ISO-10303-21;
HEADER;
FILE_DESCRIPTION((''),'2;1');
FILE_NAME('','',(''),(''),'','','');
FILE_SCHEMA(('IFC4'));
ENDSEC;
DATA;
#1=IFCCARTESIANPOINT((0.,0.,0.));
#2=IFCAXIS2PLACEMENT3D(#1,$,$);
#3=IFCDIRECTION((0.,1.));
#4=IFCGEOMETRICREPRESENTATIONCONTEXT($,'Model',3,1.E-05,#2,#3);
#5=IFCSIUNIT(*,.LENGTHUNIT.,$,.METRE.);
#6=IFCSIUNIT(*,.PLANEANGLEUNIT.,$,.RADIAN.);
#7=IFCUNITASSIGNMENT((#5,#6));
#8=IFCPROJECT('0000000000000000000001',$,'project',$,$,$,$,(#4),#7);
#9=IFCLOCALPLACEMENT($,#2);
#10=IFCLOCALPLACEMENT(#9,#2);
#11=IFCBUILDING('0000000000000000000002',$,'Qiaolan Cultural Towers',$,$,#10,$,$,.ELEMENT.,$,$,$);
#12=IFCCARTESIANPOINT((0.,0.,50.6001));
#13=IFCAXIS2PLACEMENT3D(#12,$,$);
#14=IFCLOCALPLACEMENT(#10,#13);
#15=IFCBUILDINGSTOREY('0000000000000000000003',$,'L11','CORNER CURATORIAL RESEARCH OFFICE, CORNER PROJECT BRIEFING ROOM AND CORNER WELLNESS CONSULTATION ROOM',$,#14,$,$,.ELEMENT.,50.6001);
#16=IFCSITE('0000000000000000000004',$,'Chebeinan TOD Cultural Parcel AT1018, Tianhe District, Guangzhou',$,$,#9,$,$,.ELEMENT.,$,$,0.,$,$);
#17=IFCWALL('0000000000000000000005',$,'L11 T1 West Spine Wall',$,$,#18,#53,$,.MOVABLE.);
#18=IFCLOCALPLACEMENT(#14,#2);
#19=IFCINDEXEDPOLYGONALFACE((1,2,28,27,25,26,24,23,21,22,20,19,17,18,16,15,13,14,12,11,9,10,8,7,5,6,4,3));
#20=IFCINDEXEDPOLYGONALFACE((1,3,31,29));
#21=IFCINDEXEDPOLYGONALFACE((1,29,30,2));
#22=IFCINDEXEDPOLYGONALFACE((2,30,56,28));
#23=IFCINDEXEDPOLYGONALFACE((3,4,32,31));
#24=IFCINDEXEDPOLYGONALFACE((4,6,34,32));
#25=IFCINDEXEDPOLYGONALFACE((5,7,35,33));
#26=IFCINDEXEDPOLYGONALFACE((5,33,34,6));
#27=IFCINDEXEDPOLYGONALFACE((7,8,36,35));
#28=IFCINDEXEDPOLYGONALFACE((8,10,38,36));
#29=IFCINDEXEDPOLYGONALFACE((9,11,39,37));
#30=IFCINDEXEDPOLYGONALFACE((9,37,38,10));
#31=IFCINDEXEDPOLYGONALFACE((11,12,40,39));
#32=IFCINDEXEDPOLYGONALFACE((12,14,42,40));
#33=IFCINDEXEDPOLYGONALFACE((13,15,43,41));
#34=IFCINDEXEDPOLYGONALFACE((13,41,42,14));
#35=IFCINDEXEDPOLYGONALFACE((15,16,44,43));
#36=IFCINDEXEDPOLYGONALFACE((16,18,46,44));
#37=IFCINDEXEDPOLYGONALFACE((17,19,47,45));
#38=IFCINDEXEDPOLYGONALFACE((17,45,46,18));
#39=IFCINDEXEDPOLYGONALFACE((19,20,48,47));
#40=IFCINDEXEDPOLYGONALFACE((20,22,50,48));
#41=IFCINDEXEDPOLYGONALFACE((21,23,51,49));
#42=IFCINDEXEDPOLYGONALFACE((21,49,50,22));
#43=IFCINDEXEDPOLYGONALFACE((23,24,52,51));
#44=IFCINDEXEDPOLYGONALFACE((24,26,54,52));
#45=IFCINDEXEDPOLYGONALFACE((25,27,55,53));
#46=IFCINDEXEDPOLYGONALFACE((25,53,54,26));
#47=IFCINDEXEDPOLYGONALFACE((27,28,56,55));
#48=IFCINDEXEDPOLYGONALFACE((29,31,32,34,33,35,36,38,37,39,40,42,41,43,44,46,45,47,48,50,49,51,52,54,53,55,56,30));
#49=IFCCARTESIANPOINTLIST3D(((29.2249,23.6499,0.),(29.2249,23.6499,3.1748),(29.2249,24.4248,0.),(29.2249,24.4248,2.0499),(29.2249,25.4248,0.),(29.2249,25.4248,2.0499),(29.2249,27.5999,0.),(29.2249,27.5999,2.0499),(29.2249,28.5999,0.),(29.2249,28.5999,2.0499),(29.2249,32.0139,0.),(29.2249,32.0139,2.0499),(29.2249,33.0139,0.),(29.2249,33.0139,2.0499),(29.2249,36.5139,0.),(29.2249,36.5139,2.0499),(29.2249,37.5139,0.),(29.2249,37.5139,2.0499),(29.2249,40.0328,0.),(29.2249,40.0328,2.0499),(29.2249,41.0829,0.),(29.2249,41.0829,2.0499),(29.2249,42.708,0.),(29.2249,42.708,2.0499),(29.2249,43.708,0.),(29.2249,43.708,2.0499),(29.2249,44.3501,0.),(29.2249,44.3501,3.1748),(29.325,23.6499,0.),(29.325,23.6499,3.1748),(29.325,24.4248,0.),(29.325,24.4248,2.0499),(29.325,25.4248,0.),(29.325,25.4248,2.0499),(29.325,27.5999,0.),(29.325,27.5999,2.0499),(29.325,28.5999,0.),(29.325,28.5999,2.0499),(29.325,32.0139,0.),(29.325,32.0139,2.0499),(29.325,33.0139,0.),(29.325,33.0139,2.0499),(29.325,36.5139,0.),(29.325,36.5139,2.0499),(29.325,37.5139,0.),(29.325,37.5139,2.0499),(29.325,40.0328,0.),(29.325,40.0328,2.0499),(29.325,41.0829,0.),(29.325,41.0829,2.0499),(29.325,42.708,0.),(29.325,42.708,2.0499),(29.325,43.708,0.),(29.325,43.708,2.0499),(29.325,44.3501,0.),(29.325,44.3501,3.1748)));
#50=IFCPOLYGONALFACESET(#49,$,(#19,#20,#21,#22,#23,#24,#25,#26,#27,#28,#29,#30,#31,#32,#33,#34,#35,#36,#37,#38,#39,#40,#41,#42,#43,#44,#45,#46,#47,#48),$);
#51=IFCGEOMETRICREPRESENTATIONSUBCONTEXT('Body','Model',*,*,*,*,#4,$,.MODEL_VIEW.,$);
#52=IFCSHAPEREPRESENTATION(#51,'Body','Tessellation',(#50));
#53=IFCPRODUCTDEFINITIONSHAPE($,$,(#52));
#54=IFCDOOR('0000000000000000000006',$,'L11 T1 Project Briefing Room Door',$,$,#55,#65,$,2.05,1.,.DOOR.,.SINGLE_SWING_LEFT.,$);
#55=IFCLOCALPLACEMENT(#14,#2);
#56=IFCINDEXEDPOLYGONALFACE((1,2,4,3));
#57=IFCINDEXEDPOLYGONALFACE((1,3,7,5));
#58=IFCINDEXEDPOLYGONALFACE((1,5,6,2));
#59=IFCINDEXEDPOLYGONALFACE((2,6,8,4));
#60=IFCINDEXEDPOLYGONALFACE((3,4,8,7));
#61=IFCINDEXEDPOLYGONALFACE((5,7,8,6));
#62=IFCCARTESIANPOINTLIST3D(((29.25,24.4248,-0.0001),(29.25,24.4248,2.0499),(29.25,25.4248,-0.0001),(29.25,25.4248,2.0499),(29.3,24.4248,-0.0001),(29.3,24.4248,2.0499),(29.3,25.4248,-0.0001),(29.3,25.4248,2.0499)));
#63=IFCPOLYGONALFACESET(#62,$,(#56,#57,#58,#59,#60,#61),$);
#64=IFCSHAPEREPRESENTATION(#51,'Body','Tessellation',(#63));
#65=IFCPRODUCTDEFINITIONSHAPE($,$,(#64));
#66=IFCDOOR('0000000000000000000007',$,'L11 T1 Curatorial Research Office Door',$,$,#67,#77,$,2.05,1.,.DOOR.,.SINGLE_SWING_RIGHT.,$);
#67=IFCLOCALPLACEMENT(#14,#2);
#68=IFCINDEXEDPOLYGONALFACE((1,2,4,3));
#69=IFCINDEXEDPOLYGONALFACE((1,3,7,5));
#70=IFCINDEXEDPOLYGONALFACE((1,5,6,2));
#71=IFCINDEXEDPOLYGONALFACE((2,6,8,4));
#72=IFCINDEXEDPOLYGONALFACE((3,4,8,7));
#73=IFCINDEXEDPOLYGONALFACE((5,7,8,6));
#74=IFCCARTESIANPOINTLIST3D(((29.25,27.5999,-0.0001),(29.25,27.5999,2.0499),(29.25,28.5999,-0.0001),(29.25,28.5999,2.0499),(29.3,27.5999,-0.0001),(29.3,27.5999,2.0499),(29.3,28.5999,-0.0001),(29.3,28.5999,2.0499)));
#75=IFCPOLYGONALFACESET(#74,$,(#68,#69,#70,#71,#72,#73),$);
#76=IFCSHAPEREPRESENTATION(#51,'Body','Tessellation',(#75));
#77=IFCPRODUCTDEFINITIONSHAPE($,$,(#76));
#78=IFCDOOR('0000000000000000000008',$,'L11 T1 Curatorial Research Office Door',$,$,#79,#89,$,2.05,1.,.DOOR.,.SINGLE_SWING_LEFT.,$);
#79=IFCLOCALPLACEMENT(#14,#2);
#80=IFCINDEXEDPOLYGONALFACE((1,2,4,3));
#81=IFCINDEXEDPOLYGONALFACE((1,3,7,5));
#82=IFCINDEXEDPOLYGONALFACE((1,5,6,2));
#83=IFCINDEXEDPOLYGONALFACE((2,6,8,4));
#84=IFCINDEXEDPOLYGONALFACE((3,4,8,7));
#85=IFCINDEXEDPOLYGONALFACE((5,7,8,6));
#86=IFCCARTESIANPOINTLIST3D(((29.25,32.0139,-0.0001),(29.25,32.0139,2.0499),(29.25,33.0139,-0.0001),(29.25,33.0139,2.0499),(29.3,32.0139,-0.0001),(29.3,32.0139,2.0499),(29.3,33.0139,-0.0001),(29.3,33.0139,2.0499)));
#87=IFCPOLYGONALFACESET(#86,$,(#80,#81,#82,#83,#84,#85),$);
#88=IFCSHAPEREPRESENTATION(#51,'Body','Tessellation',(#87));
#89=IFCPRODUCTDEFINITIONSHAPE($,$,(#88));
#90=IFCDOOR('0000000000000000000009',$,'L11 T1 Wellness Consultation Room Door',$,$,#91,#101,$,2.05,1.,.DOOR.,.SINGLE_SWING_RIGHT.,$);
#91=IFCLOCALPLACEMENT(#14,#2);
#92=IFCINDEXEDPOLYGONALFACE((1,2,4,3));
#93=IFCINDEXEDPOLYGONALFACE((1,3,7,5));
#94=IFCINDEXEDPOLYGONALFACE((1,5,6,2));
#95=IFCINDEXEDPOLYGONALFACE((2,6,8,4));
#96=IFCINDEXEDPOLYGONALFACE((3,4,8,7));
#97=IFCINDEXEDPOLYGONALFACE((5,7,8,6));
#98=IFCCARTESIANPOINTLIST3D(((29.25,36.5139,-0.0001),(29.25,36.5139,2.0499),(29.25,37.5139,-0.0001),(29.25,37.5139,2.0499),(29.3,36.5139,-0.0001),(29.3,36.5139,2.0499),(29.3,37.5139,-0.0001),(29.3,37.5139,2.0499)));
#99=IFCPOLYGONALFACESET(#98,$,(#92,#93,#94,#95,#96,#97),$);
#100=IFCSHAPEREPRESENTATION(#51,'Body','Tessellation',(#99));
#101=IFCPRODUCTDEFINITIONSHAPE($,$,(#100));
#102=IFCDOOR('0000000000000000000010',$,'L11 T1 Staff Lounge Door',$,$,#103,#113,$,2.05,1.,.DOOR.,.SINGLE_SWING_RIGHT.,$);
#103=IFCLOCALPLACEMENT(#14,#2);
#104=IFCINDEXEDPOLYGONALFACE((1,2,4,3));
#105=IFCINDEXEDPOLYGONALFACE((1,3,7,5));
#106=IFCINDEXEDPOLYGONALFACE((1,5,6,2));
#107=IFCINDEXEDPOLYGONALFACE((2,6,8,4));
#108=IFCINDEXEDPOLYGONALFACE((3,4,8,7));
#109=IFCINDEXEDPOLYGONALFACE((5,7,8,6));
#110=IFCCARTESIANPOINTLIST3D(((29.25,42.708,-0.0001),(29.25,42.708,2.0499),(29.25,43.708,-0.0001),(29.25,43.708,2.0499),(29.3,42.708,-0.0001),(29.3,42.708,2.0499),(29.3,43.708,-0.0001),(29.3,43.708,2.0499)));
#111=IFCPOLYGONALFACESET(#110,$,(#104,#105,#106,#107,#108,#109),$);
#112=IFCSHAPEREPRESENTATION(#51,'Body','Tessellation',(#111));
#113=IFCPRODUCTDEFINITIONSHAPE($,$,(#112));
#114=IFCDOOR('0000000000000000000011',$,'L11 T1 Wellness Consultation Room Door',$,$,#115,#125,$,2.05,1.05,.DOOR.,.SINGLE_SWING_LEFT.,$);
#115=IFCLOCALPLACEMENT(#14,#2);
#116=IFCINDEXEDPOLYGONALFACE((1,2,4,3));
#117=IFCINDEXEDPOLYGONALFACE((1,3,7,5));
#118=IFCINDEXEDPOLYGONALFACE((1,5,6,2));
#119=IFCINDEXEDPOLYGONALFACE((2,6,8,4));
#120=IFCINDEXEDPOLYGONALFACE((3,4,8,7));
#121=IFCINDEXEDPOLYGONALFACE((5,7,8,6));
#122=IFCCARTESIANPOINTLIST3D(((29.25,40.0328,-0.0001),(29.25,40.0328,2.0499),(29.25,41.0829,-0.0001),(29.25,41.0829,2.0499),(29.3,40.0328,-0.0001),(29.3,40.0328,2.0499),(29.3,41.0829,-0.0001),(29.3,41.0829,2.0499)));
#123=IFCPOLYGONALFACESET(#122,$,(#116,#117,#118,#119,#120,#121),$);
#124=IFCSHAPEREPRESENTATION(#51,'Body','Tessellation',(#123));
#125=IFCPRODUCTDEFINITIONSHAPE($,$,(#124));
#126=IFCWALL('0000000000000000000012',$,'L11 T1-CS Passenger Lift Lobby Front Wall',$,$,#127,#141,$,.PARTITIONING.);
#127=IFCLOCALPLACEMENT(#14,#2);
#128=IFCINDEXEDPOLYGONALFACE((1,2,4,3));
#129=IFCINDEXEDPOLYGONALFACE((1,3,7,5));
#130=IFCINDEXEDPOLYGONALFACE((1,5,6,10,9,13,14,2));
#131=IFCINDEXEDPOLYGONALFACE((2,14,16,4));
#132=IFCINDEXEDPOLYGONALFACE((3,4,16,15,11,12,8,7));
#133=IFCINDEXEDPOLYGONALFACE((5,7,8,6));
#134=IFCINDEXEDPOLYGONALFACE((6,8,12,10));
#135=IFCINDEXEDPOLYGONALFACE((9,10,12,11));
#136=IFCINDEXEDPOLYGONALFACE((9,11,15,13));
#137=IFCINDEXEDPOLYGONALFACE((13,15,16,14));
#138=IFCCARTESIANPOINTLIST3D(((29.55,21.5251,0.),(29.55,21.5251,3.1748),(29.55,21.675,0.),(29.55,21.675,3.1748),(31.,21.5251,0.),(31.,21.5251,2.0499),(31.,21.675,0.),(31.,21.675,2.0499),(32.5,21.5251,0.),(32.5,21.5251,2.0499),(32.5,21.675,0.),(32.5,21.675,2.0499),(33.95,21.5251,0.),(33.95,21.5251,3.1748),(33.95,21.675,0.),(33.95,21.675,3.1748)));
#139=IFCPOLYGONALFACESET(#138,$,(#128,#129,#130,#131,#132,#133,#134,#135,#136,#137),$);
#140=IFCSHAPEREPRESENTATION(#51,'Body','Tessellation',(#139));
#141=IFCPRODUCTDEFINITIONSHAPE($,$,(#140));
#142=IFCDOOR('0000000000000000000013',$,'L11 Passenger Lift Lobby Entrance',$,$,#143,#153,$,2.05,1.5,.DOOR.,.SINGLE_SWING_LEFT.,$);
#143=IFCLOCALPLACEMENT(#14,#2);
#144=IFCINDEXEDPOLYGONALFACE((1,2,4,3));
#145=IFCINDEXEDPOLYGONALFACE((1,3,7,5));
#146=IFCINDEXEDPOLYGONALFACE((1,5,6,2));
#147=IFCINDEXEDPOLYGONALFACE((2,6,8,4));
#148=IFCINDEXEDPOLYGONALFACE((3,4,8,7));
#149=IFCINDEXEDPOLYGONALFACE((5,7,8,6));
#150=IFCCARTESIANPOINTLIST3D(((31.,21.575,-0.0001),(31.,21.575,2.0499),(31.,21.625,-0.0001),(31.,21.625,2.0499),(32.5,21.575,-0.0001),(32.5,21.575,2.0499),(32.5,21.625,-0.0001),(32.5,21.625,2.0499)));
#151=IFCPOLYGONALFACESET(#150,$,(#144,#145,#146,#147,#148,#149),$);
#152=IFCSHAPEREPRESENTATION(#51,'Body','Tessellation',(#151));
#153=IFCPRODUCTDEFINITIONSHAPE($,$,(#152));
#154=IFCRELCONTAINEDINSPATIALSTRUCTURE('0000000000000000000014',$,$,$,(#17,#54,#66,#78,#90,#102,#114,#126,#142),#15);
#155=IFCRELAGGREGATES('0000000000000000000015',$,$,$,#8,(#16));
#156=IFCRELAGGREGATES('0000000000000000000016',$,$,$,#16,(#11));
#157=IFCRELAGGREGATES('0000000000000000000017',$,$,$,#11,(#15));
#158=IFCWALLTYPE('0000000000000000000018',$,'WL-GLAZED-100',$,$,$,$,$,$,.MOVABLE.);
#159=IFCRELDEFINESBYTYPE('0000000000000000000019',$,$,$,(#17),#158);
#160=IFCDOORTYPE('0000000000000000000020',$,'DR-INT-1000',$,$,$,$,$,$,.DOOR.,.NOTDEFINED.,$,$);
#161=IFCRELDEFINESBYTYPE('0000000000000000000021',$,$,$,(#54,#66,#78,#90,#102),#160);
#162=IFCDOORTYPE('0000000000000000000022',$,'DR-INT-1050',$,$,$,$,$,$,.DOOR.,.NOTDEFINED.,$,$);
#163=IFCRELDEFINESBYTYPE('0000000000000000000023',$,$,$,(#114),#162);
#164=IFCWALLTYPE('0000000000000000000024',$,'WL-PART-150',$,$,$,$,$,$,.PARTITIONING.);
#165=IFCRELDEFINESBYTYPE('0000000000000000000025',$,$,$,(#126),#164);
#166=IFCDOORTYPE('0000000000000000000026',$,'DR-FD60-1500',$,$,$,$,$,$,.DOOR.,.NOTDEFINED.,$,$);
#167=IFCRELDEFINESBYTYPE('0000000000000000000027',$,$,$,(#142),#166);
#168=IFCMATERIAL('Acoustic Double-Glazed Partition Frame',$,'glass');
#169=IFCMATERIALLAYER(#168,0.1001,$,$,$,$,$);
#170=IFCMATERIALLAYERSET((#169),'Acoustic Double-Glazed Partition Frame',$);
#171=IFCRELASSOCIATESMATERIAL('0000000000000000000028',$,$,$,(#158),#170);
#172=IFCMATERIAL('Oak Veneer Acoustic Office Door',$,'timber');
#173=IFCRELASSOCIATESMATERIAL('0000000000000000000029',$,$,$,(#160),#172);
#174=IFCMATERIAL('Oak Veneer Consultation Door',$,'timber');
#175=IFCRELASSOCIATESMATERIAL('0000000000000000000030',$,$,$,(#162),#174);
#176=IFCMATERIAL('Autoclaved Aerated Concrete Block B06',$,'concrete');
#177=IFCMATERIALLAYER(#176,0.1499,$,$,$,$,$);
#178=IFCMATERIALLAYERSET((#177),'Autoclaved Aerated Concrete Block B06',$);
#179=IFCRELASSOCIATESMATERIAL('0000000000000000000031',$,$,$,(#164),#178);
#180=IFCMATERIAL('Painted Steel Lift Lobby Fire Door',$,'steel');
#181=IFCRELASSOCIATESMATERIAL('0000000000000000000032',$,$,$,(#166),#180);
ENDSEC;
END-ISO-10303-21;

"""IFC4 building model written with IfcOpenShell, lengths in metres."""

from ifc_helpers import new_model, si_unit, direction, frame, frame_2d, origin, place, context, subcontext, project, spatial, rectangle, extrude, material, layer, layer_set, type_object, element, fill, save


model = new_model("IFC4")

# Units and contexts
model_context = context("Model", 3, precision=1e-05, world=origin(), true_north=direction((0.0, 1.0)))
body_context = subcontext(model_context, "Body", "Model", "MODEL_VIEW")
ifc_project = project(units=[si_unit("LENGTHUNIT", "METRE"), si_unit("PLANEANGLEUNIT", "RADIAN")], contexts=[model_context])

# Site, building, storey
site_placement = place(None, origin())
site = spatial("IfcSite", under=ifc_project, at=site_placement, Name="Chebeinan TOD Cultural Parcel AT1018, Tianhe District, Guangzhou", CompositionType="ELEMENT", RefElevation=0.0)
building_placement = place(site_placement, origin())
building = spatial("IfcBuilding", under=site, at=building_placement, Name="Qiaolan Cultural Towers", CompositionType="ELEMENT")
storey_placement = place(building_placement, frame((0.0, 0.0, 50.6001)))
storey = spatial("IfcBuildingStorey", under=building, at=storey_placement, Name="L11", Description="CORNER CURATORIAL RESEARCH OFFICE, CORNER PROJECT BRIEFING ROOM AND CORNER WELLNESS CONSULTATION ROOM", CompositionType="ELEMENT", Elevation=50.6001)

# Wall, openings, doors
ifc_material_1 = material(Name="Acoustic Double-Glazed Partition Frame", Category="glass")
ifc_layer_1 = layer(ifc_material_1, 0.1001)
ifc_layer_set_1 = layer_set([ifc_layer_1], Name="Acoustic Double-Glazed Partition Frame")
wall_type_1 = type_object("IfcWallType", Name="WL-GLAZED-100", PredefinedType="MOVABLE", material=ifc_layer_set_1)
wall_1_placement = place(storey_placement, frame((29.2749, 23.6499, 0.0), z_axis=(0.0, 0.0, 1.0), x_axis=(0.0, 1.0, 0.0)))
wall_1 = element("IfcWall", 1, at=wall_1_placement, inside=storey, type_object=wall_type_1, Name="L11 T1 West Spine Wall", PredefinedType="MOVABLE", context=body_context, shape_type="SweptSolid", body=[
    extrude(rectangle(XDim=20.7002, YDim=0.1001, at=frame_2d((10.3501, 0.0))), origin(), (0.0, 0.0, 1.0), 3.1748),
])
opening_1_placement = place(wall_1_placement, frame((0.7749, 0.0, 0.0)))
opening_1 = element("IfcOpeningElement", 2, at=opening_1_placement, cuts=wall_1, PredefinedType="OPENING", context=body_context, shape_type="SweptSolid", body=[
    extrude(rectangle(XDim=1.0, YDim=2.05, at=frame_2d((0.5, 1.0249))), frame((0.0, 0.0601, 0.0), z_axis=(0.0, -1.0, 0.0), x_axis=(1.0, 0.0, 0.0)), (0.0, 0.0, 1.0), 0.1201),
])
opening_2_placement = place(wall_1_placement, frame((3.95, 0.0, 0.0)))
opening_2 = element("IfcOpeningElement", 3, at=opening_2_placement, cuts=wall_1, PredefinedType="OPENING", context=body_context, shape_type="SweptSolid", body=[
    extrude(rectangle(XDim=1.0, YDim=2.05, at=frame_2d((0.5, 1.0249))), frame((0.0, 0.0601, 0.0), z_axis=(0.0, -1.0, 0.0), x_axis=(1.0, 0.0, 0.0)), (0.0, 0.0, 1.0), 0.1201),
])
opening_3_placement = place(wall_1_placement, frame((8.364, 0.0, 0.0)))
opening_3 = element("IfcOpeningElement", 4, at=opening_3_placement, cuts=wall_1, PredefinedType="OPENING", context=body_context, shape_type="SweptSolid", body=[
    extrude(rectangle(XDim=1.0, YDim=2.05, at=frame_2d((0.5, 1.0249))), frame((0.0, 0.0601, 0.0), z_axis=(0.0, -1.0, 0.0), x_axis=(1.0, 0.0, 0.0)), (0.0, 0.0, 1.0), 0.1201),
])
opening_4_placement = place(wall_1_placement, frame((12.864, 0.0, 0.0)))
opening_4 = element("IfcOpeningElement", 5, at=opening_4_placement, cuts=wall_1, PredefinedType="OPENING", context=body_context, shape_type="SweptSolid", body=[
    extrude(rectangle(XDim=1.0, YDim=2.05, at=frame_2d((0.5, 1.0249))), frame((0.0, 0.0601, 0.0), z_axis=(0.0, -1.0, 0.0), x_axis=(1.0, 0.0, 0.0)), (0.0, 0.0, 1.0), 0.1201),
])
opening_5_placement = place(wall_1_placement, frame((16.3831, 0.0, 0.0)))
opening_5 = element("IfcOpeningElement", 6, at=opening_5_placement, cuts=wall_1, PredefinedType="OPENING", context=body_context, shape_type="SweptSolid", body=[
    extrude(rectangle(XDim=1.05, YDim=2.05, at=frame_2d((0.5249, 1.0249))), frame((0.0, 0.0601, 0.0), z_axis=(0.0, -1.0, 0.0), x_axis=(1.0, 0.0, 0.0)), (0.0, 0.0, 1.0), 0.1201),
])
opening_6_placement = place(wall_1_placement, frame((19.0581, 0.0, 0.0)))
opening_6 = element("IfcOpeningElement", 7, at=opening_6_placement, cuts=wall_1, PredefinedType="OPENING", context=body_context, shape_type="SweptSolid", body=[
    extrude(rectangle(XDim=1.0, YDim=2.05, at=frame_2d((0.5, 1.0249))), frame((0.0, 0.0601, 0.0), z_axis=(0.0, -1.0, 0.0), x_axis=(1.0, 0.0, 0.0)), (0.0, 0.0, 1.0), 0.1201),
])
ifc_material_2 = material(Name="Oak Veneer Acoustic Office Door", Category="timber")
door_type_1 = type_object("IfcDoorType", Name="DR-INT-1000", OperationType="NOTDEFINED", PredefinedType="DOOR", material=ifc_material_2)
door_1_placement = place(opening_1_placement, origin())
door_1 = element("IfcDoor", 8, at=door_1_placement, inside=storey, type_object=door_type_1, Name="L11 T1 Project Briefing Room Door", OperationType="SINGLE_SWING_LEFT", OverallHeight=2.05, OverallWidth=1.0, PredefinedType="DOOR", context=body_context, shape_type="SweptSolid", body=[
    extrude(rectangle(XDim=1.0, YDim=2.05, at=frame_2d((0.5, 1.0249))), frame((0.0, 0.0249, 0.0), z_axis=(0.0, -1.0, 0.0), x_axis=(1.0, 0.0, 0.0)), (0.0, 0.0, 1.0), 0.05),
])
fill(opening_1, door_1)
door_2_placement = place(opening_2_placement, origin())
door_2 = element("IfcDoor", 9, at=door_2_placement, inside=storey, type_object=door_type_1, Name="L11 T1 Curatorial Research Office Door", OperationType="SINGLE_SWING_RIGHT", OverallHeight=2.05, OverallWidth=1.0, PredefinedType="DOOR", context=body_context, shape_type="SweptSolid", body=[
    extrude(rectangle(XDim=1.0, YDim=2.05, at=frame_2d((0.5, 1.0249))), frame((0.0, 0.0249, 0.0), z_axis=(0.0, -1.0, 0.0), x_axis=(1.0, 0.0, 0.0)), (0.0, 0.0, 1.0), 0.05),
])
fill(opening_2, door_2)
door_3_placement = place(opening_3_placement, origin())
door_3 = element("IfcDoor", 10, at=door_3_placement, inside=storey, type_object=door_type_1, Name="L11 T1 Curatorial Research Office Door", OperationType="SINGLE_SWING_LEFT", OverallHeight=2.05, OverallWidth=1.0, PredefinedType="DOOR", context=body_context, shape_type="SweptSolid", body=[
    extrude(rectangle(XDim=1.0, YDim=2.05, at=frame_2d((0.5, 1.0249))), frame((0.0, 0.0249, 0.0), z_axis=(0.0, -1.0, 0.0), x_axis=(1.0, 0.0, 0.0)), (0.0, 0.0, 1.0), 0.05),
])
fill(opening_3, door_3)
door_4_placement = place(opening_4_placement, origin())
door_4 = element("IfcDoor", 11, at=door_4_placement, inside=storey, type_object=door_type_1, Name="L11 T1 Wellness Consultation Room Door", OperationType="SINGLE_SWING_RIGHT", OverallHeight=2.05, OverallWidth=1.0, PredefinedType="DOOR", context=body_context, shape_type="SweptSolid", body=[
    extrude(rectangle(XDim=1.0, YDim=2.05, at=frame_2d((0.5, 1.0249))), frame((0.0, 0.0249, 0.0), z_axis=(0.0, -1.0, 0.0), x_axis=(1.0, 0.0, 0.0)), (0.0, 0.0, 1.0), 0.05),
])
fill(opening_4, door_4)
door_5_placement = place(opening_6_placement, origin())
door_5 = element("IfcDoor", 12, at=door_5_placement, inside=storey, type_object=door_type_1, Name="L11 T1 Staff Lounge Door", OperationType="SINGLE_SWING_RIGHT", OverallHeight=2.05, OverallWidth=1.0, PredefinedType="DOOR", context=body_context, shape_type="SweptSolid", body=[
    extrude(rectangle(XDim=1.0, YDim=2.05, at=frame_2d((0.5, 1.0249))), frame((0.0, 0.0249, 0.0), z_axis=(0.0, -1.0, 0.0), x_axis=(1.0, 0.0, 0.0)), (0.0, 0.0, 1.0), 0.05),
])
fill(opening_6, door_5)
ifc_material_3 = material(Name="Oak Veneer Consultation Door", Category="timber")
door_type_2 = type_object("IfcDoorType", Name="DR-INT-1050", OperationType="NOTDEFINED", PredefinedType="DOOR", material=ifc_material_3)
door_6_placement = place(opening_5_placement, origin())
door_6 = element("IfcDoor", 13, at=door_6_placement, inside=storey, type_object=door_type_2, Name="L11 T1 Wellness Consultation Room Door", OperationType="SINGLE_SWING_LEFT", OverallHeight=2.05, OverallWidth=1.05, PredefinedType="DOOR", context=body_context, shape_type="SweptSolid", body=[
    extrude(rectangle(XDim=1.05, YDim=2.05, at=frame_2d((0.5249, 1.0249))), frame((0.0, 0.0249, 0.0), z_axis=(0.0, -1.0, 0.0), x_axis=(1.0, 0.0, 0.0)), (0.0, 0.0, 1.0), 0.05),
])
fill(opening_5, door_6)

# Wall, opening, door
ifc_material_4 = material(Name="Autoclaved Aerated Concrete Block B06", Category="concrete")
ifc_layer_2 = layer(ifc_material_4, 0.1499)
ifc_layer_set_2 = layer_set([ifc_layer_2], Name="Autoclaved Aerated Concrete Block B06")
wall_type_2 = type_object("IfcWallType", Name="WL-PART-150", PredefinedType="PARTITIONING", material=ifc_layer_set_2)
wall_2_placement = place(storey_placement, frame((29.55, 21.6001, 0.0), z_axis=(0.0, 0.0, 1.0), x_axis=(1.0, 0.0, 0.0)))
wall_2 = element("IfcWall", 14, at=wall_2_placement, inside=storey, type_object=wall_type_2, Name="L11 T1-CS Passenger Lift Lobby Front Wall", PredefinedType="PARTITIONING", context=body_context, shape_type="SweptSolid", body=[
    extrude(rectangle(XDim=4.3999, YDim=0.1499, at=frame_2d((2.2, 0.0))), origin(), (0.0, 0.0, 1.0), 3.1748),
])
opening_7_placement = place(wall_2_placement, frame((1.45, 0.0, 0.0)))
opening_7 = element("IfcOpeningElement", 15, at=opening_7_placement, cuts=wall_2, PredefinedType="OPENING", context=body_context, shape_type="SweptSolid", body=[
    extrude(rectangle(XDim=1.5, YDim=2.05, at=frame_2d((0.75, 1.0249))), frame((0.0, 0.085, 0.0), z_axis=(0.0, -1.0, 0.0), x_axis=(1.0, 0.0, 0.0)), (0.0, 0.0, 1.0), 0.1699),
])
ifc_material_5 = material(Name="Painted Steel Lift Lobby Fire Door", Category="steel")
door_type_3 = type_object("IfcDoorType", Name="DR-FD60-1500", OperationType="NOTDEFINED", PredefinedType="DOOR", material=ifc_material_5)
door_7_placement = place(opening_7_placement, origin())
door_7 = element("IfcDoor", 16, at=door_7_placement, inside=storey, type_object=door_type_3, Name="L11 Passenger Lift Lobby Entrance", OperationType="SINGLE_SWING_LEFT", OverallHeight=2.05, OverallWidth=1.5, PredefinedType="DOOR", context=body_context, shape_type="SweptSolid", body=[
    extrude(rectangle(XDim=1.5, YDim=2.05, at=frame_2d((0.75, 1.0249))), frame((0.0, 0.0249, 0.0), z_axis=(0.0, -1.0, 0.0), x_axis=(1.0, 0.0, 0.0)), (0.0, 0.0, 1.0), 0.05),
])
fill(opening_7, door_7)

save(model, "model.ifc")
